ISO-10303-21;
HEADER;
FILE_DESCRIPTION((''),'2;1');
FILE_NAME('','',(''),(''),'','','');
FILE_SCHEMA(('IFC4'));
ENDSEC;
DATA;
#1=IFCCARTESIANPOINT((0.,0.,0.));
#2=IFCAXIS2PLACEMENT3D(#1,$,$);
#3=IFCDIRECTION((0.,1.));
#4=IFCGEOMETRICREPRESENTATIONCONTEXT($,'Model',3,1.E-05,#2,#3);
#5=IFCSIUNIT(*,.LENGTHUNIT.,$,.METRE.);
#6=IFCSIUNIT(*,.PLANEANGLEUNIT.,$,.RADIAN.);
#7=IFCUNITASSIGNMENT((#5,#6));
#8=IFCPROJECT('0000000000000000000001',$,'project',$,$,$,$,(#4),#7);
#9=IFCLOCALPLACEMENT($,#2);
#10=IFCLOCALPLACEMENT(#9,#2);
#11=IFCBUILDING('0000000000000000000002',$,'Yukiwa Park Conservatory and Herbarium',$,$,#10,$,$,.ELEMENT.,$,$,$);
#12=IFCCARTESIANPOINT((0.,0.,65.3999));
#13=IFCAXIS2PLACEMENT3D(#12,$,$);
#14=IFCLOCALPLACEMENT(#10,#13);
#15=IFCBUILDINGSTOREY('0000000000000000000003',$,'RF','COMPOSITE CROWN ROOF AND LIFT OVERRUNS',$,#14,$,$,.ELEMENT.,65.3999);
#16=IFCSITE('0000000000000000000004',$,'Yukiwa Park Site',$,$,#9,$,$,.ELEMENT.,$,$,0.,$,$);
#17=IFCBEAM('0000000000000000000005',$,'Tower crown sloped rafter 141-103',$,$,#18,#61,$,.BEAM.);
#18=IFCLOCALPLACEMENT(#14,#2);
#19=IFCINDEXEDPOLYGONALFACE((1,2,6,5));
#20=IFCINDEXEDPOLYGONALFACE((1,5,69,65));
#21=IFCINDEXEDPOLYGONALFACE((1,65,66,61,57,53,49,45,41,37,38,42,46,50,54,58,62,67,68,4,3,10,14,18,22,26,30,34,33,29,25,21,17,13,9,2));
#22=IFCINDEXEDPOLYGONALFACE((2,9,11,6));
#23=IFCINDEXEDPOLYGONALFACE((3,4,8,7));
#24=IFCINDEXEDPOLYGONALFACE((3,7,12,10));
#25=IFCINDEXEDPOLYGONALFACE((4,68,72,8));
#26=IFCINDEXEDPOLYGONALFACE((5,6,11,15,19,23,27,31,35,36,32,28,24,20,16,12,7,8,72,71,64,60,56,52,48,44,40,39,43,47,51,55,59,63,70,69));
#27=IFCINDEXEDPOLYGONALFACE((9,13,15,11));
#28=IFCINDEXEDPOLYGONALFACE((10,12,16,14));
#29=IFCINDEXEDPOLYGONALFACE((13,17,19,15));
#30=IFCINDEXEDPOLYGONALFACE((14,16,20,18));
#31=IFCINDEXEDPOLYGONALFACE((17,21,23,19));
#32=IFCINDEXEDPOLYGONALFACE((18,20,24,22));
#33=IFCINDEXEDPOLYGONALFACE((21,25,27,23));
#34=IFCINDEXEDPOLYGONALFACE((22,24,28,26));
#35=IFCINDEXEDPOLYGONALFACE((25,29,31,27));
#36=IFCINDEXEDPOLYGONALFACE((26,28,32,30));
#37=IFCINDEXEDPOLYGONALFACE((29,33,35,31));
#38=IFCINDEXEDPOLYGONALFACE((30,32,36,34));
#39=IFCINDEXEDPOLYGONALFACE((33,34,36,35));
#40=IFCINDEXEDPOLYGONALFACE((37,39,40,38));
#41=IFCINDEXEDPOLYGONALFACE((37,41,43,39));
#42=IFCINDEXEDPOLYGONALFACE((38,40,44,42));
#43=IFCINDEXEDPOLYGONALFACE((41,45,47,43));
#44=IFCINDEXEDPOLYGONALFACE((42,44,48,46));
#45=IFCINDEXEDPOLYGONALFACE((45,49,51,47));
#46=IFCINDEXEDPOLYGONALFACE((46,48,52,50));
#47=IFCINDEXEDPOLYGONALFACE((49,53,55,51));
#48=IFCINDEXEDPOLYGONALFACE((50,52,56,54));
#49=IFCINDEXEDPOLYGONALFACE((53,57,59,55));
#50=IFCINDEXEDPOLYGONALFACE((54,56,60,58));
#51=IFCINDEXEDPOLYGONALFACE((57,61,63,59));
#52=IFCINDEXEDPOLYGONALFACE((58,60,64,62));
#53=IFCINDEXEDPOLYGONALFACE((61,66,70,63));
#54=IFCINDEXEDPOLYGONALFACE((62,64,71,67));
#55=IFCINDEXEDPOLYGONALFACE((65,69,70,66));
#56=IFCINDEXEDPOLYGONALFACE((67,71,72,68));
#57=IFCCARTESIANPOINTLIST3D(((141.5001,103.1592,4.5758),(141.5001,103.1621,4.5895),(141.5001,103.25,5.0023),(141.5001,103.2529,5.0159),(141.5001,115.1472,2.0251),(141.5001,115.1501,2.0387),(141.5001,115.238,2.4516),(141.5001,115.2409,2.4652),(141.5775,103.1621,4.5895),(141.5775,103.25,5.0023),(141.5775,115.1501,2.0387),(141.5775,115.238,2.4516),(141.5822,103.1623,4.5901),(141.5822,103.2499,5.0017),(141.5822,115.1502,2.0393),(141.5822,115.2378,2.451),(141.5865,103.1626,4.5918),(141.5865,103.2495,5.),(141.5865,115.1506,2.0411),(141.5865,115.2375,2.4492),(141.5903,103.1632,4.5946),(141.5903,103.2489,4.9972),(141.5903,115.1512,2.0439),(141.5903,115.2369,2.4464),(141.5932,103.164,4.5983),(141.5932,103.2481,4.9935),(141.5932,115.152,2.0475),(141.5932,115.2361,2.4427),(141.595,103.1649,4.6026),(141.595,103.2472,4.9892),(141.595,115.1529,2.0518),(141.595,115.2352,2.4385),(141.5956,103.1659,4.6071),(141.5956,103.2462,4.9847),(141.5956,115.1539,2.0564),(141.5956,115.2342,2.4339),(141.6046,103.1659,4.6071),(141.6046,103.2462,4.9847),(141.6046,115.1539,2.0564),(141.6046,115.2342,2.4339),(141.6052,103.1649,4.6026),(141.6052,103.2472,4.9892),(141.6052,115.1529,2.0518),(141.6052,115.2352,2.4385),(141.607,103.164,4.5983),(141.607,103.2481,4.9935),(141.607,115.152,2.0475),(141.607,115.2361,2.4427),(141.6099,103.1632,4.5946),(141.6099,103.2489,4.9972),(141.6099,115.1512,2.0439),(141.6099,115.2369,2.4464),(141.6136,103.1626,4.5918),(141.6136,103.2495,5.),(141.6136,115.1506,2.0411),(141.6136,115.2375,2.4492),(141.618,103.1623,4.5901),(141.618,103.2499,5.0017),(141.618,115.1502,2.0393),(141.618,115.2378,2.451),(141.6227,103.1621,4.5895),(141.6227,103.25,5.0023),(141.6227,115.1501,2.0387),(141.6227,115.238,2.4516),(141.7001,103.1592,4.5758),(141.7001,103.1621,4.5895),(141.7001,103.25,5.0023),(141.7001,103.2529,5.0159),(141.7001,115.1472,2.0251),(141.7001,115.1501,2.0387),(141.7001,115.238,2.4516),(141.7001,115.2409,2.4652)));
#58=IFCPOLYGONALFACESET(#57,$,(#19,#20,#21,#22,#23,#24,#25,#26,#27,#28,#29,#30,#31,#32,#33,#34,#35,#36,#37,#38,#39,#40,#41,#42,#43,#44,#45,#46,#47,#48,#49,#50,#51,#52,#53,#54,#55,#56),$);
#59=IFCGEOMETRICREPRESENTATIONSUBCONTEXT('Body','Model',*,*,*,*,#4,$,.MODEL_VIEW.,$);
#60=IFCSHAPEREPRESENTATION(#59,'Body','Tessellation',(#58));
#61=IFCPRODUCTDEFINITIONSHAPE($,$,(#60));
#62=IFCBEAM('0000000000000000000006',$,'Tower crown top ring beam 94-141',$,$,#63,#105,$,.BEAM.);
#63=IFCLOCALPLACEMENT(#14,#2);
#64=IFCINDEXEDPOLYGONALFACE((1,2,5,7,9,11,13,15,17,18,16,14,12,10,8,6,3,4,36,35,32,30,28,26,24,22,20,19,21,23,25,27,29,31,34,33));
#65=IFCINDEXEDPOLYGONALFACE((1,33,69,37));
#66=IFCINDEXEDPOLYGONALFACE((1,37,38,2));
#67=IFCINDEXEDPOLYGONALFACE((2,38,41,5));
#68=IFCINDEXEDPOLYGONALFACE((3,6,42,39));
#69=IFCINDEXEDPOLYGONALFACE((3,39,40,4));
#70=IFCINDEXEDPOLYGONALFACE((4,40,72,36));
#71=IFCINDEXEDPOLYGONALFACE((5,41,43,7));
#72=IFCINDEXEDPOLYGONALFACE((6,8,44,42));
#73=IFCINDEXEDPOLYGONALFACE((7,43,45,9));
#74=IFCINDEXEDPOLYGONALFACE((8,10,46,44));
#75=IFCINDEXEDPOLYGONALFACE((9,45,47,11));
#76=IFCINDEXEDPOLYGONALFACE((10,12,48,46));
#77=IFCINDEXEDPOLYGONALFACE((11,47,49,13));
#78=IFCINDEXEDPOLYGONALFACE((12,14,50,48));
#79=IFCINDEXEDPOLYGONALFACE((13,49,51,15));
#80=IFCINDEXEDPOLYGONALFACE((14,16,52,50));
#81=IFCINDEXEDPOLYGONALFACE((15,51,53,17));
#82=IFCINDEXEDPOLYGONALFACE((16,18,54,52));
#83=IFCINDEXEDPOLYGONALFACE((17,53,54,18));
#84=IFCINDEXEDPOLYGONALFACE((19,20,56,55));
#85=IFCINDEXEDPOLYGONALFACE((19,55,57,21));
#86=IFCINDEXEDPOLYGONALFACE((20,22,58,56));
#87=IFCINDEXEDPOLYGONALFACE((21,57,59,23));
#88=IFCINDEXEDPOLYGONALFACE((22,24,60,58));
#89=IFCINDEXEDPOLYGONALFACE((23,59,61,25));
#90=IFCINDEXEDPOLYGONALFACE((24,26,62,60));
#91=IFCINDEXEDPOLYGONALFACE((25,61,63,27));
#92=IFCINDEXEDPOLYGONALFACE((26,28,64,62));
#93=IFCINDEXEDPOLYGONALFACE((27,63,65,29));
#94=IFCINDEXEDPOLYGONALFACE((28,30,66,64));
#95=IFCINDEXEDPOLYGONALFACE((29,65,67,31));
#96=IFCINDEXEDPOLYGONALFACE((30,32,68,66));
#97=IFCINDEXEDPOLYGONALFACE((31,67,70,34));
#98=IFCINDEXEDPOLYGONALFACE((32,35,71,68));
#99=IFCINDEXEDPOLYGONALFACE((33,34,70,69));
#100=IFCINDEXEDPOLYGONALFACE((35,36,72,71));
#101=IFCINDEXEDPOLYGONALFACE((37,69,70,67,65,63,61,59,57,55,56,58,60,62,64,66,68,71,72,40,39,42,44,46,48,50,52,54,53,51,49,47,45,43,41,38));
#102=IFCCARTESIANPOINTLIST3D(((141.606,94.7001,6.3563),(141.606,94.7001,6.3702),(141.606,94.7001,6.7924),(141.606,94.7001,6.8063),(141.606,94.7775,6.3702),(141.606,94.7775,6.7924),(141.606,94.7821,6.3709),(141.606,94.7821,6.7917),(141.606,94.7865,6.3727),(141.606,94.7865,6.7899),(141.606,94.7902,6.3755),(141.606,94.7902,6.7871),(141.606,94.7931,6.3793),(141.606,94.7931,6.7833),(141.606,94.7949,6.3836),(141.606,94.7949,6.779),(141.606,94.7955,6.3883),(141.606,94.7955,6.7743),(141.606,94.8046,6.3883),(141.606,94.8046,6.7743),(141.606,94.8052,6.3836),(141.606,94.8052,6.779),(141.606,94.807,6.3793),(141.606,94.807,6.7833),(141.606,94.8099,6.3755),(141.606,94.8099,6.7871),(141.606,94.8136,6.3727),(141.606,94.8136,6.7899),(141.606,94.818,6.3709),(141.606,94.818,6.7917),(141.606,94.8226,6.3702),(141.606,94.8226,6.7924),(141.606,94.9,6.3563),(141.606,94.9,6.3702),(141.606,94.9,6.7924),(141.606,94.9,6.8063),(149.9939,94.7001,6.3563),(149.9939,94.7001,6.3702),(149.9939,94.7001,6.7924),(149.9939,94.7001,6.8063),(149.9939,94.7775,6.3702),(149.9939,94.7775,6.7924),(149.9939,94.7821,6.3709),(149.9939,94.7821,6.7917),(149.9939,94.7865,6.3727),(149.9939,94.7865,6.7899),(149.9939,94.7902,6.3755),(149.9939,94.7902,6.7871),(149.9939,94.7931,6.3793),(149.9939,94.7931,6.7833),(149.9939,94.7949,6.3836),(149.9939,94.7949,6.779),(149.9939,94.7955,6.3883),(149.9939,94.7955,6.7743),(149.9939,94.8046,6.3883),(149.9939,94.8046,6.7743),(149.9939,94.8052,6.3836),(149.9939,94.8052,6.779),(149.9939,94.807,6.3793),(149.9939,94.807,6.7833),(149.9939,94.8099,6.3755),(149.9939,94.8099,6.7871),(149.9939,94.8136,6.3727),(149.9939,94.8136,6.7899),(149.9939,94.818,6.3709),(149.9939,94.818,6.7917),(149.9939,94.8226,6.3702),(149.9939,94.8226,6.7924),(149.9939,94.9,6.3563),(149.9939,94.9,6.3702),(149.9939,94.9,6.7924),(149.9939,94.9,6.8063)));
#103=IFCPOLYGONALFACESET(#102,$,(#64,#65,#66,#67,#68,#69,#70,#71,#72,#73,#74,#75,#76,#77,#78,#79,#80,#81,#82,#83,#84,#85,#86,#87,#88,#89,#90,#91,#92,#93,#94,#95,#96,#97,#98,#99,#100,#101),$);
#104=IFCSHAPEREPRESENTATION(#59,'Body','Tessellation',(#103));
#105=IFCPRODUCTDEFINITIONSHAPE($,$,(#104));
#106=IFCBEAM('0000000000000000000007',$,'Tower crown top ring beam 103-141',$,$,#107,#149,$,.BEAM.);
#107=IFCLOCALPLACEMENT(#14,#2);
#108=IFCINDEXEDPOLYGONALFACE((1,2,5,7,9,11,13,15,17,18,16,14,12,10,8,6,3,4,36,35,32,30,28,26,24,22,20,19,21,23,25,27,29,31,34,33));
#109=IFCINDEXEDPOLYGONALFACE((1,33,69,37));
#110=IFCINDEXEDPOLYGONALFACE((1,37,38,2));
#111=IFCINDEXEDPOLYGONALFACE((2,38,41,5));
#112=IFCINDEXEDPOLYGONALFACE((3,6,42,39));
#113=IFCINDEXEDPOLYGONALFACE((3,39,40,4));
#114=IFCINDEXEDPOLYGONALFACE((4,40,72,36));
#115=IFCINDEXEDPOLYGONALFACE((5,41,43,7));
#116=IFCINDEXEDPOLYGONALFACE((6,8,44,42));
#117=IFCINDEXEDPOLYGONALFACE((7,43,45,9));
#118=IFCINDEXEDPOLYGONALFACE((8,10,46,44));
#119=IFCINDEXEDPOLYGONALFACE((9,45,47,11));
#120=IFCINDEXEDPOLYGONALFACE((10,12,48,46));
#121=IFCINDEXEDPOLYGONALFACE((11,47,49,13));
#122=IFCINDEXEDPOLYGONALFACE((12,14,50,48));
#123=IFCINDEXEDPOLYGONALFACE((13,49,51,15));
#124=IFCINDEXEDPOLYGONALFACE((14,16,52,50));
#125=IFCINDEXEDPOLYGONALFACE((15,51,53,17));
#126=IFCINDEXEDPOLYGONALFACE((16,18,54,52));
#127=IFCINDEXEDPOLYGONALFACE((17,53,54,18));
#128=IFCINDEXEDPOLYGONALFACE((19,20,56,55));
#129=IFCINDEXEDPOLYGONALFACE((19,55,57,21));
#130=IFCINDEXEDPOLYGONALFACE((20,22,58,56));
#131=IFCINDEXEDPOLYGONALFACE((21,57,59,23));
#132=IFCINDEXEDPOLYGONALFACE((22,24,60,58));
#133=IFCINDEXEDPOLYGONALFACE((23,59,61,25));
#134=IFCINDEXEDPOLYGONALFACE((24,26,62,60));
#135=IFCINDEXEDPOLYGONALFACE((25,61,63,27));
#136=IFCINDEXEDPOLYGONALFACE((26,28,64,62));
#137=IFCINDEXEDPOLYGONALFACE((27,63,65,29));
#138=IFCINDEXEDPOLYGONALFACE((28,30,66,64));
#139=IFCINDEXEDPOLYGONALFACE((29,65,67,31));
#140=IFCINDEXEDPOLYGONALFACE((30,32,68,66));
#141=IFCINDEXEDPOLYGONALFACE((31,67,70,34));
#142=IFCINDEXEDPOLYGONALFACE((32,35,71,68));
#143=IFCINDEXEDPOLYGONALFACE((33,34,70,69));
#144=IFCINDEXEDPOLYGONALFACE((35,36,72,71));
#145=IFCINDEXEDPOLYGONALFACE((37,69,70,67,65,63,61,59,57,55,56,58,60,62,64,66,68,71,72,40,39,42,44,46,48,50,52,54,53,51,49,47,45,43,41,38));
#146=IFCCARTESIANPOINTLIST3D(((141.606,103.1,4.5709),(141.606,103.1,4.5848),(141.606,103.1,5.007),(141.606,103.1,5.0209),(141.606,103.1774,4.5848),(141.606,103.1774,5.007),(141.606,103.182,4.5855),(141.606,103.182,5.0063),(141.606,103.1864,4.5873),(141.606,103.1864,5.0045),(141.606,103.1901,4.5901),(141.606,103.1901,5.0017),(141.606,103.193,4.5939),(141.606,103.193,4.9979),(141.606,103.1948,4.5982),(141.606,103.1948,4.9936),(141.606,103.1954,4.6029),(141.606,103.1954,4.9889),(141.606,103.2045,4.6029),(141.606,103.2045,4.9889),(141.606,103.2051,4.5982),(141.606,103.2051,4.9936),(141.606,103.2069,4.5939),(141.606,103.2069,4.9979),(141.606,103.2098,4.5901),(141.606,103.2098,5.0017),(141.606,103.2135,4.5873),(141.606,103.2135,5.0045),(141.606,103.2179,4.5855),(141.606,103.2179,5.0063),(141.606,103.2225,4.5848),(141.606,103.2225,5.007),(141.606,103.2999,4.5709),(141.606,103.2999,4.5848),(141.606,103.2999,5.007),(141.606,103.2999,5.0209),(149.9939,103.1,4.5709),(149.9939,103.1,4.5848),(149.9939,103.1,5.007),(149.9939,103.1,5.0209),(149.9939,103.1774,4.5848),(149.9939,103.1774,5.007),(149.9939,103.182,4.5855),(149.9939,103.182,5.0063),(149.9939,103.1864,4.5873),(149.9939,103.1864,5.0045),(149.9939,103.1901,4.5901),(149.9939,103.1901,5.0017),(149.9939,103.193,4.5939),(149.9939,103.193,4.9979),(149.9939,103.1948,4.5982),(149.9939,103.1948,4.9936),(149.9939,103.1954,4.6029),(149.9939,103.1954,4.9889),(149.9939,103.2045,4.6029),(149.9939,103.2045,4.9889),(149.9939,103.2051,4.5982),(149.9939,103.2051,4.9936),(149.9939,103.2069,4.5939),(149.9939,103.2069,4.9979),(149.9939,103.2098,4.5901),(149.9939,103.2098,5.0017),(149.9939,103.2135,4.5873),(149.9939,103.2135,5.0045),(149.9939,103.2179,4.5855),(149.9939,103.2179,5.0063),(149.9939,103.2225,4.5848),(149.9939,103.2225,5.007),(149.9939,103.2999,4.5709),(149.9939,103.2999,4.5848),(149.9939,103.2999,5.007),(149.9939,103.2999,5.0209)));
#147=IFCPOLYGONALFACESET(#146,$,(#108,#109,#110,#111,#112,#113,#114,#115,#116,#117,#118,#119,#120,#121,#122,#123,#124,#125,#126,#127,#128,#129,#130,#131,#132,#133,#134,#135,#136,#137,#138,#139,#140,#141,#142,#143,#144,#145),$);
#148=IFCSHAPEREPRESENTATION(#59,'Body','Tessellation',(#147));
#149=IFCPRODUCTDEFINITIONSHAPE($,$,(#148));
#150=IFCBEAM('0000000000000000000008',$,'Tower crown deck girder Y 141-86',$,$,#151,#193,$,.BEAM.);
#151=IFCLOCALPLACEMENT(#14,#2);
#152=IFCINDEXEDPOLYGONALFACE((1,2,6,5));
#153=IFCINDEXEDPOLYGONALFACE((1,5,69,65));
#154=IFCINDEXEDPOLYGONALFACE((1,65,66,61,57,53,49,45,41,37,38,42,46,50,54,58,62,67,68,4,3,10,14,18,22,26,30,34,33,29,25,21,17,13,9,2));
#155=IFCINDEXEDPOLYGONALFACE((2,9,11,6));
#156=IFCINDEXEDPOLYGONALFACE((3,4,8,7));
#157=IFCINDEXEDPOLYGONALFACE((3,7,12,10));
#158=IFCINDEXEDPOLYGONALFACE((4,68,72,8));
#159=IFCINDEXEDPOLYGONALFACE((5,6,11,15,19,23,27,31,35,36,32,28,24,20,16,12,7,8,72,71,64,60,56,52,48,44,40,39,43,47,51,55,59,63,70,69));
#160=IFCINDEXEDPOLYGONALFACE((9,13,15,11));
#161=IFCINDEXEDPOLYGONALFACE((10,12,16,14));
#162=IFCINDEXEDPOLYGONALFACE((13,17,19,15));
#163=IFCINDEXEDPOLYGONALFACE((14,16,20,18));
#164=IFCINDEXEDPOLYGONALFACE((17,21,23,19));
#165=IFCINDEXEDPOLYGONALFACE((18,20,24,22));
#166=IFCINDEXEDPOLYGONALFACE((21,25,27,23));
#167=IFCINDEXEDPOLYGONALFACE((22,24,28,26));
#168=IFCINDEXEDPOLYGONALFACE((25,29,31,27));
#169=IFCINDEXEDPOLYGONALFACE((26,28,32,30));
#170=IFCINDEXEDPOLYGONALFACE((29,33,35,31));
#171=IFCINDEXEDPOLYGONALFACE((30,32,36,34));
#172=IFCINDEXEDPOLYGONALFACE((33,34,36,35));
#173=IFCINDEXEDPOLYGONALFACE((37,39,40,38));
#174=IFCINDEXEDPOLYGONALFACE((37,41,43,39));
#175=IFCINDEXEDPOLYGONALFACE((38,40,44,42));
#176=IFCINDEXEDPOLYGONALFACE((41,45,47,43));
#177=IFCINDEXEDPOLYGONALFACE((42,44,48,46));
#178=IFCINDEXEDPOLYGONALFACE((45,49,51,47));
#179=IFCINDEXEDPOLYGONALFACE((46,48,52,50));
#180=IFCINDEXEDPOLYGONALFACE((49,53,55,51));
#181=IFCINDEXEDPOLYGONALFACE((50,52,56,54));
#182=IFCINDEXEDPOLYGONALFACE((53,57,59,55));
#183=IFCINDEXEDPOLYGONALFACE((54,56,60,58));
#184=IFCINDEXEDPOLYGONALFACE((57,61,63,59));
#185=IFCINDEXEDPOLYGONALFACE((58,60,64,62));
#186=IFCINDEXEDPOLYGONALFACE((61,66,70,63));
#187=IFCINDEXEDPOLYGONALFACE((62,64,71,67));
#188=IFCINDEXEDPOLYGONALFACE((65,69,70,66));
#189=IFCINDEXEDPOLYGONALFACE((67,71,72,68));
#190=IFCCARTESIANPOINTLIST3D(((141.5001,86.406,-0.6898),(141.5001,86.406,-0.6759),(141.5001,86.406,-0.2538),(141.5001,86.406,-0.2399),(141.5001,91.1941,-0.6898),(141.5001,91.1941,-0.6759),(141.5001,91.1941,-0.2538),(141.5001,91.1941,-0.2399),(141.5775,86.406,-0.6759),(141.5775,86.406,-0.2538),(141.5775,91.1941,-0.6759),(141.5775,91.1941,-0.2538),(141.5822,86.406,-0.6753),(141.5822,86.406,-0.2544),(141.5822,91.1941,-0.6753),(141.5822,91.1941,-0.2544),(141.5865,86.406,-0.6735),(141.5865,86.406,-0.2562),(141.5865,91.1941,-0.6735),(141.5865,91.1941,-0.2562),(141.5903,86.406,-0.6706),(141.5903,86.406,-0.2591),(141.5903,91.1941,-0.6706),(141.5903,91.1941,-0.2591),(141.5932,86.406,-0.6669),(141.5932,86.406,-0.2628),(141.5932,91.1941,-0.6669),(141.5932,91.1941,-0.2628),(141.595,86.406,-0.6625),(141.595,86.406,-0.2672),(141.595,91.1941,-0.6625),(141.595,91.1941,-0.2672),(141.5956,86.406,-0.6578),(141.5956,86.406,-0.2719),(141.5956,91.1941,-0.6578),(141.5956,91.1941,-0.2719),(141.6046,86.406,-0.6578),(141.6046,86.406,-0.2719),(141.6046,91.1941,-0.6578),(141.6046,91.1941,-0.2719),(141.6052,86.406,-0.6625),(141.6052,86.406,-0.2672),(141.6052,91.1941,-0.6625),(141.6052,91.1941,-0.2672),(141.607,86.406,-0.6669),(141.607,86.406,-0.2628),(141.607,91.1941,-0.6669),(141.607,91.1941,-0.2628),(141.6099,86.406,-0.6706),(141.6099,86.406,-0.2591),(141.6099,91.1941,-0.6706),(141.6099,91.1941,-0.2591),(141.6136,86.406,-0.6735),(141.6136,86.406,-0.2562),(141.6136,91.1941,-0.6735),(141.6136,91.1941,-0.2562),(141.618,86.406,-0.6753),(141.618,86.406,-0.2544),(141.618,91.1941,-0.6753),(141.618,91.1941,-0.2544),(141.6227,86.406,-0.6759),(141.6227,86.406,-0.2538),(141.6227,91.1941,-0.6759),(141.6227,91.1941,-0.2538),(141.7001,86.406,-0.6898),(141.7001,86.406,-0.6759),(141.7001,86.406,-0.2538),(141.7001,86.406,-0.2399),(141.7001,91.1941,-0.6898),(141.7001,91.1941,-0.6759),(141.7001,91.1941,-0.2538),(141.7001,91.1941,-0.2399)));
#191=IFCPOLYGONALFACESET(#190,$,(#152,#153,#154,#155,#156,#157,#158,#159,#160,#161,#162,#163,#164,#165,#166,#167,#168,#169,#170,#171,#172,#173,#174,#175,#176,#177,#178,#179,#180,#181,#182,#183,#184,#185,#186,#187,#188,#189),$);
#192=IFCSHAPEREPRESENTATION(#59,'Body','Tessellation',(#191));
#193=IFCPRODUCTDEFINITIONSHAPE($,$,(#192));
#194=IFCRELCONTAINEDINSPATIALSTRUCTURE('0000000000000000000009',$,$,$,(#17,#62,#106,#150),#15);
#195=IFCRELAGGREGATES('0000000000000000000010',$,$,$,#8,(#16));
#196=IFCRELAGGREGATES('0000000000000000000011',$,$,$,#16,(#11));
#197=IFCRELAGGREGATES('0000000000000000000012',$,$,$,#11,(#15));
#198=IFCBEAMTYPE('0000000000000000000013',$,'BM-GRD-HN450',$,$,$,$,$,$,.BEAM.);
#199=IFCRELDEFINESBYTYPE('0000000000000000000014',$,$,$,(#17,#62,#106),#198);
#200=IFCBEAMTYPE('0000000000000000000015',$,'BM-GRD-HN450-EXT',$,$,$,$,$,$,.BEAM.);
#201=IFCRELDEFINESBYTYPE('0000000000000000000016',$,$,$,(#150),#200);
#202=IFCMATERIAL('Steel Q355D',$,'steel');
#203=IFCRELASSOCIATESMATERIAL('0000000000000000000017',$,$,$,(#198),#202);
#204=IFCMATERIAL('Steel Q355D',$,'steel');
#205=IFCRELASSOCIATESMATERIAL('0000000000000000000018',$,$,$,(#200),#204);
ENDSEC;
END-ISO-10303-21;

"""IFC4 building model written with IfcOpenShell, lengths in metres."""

from ifc_helpers import new_model, si_unit, direction, frame, origin, origin_2d, place, context, subcontext, project, spatial, i_section, extrude, material, material_profile, profile_set, type_object, element, save


model = new_model("IFC4")

# Units and contexts
model_context = context("Model", 3, precision=1e-05, world=origin(), true_north=direction((0.0, 1.0)))
body_context = subcontext(model_context, "Body", "Model", "MODEL_VIEW")
ifc_project = project(units=[si_unit("LENGTHUNIT", "METRE"), si_unit("PLANEANGLEUNIT", "RADIAN")], contexts=[model_context])

# Site, building, storey
site_placement = place(None, origin())
site = spatial("IfcSite", under=ifc_project, at=site_placement, Name="Yukiwa Park Site", CompositionType="ELEMENT", RefElevation=0.0)
building_placement = place(site_placement, origin())
building = spatial("IfcBuilding", under=site, at=building_placement, Name="Yukiwa Park Conservatory and Herbarium", CompositionType="ELEMENT")
storey_placement = place(building_placement, frame((0.0, 0.0, 65.3999)))
storey = spatial("IfcBuildingStorey", under=building, at=storey_placement, Name="RF", Description="COMPOSITE CROWN ROOF AND LIFT OVERRUNS", CompositionType="ELEMENT", Elevation=65.3999)

# Beams
ifc_material_1 = material(Name="Steel Q355D", Category="steel")
ifc_material_profile_1 = material_profile(ifc_material_1, i_section(OverallWidth=0.2, OverallDepth=0.45, WebThickness=0.009, FlangeThickness=0.0139, FilletRadius=0.0181, at=origin_2d()), Name="HN 450x200x9x14")
ifc_profile_set_1 = profile_set([ifc_material_profile_1], Name="Steel Q355D")
beam_type_1 = type_object("IfcBeamType", Name="BM-GRD-HN450", PredefinedType="BEAM", material=ifc_profile_set_1)
beam_1_placement = place(storey_placement, frame((141.6001, 103.2061, 4.7959), z_axis=(0.0, 0.978104, -0.208118), x_axis=(-1.0, 0.0, 0.0)))
element("IfcBeam", 1, at=beam_1_placement, inside=storey, type_object=beam_type_1, Name="Tower crown sloped rafter 141-103", PredefinedType="BEAM", context=body_context, shape_type="SweptSolid", body=[
    extrude(i_section(OverallWidth=0.2, OverallDepth=0.45, WebThickness=0.009, FlangeThickness=0.0139, FilletRadius=0.0181, at=origin_2d()), origin(), (0.0, 0.0, 1.0), 12.2563),
])
for number, where, z_axis, x_axis, name in (
    (2, (141.606, 94.8, 6.5813), (1.0, 0.0, 0.0), (0.0, 1.0, 0.0), "Tower crown top ring beam 94-141"),
    (3, (141.606, 103.2, 4.7959), (1.0, 0.0, 0.0), (0.0, 1.0, 0.0), "Tower crown top ring beam 103-141"),
):
    element("IfcBeam", number, at=place(storey_placement, frame(where, z_axis=z_axis, x_axis=x_axis)), inside=storey, type_object=beam_type_1, Name=name, PredefinedType="BEAM", context=body_context, shape_type="SweptSolid", body=[
        extrude(i_section(OverallWidth=0.2, OverallDepth=0.45, WebThickness=0.009, FlangeThickness=0.0139, FilletRadius=0.0181, at=origin_2d()), origin(), (0.0, 0.0, 1.0), 8.3879),
    ])
ifc_material_2 = material(Name="Steel Q355D", Category="steel")
ifc_material_profile_2 = material_profile(ifc_material_2, i_section(OverallWidth=0.2, OverallDepth=0.45, WebThickness=0.009, FlangeThickness=0.0139, FilletRadius=0.0181, at=origin_2d()), Name="HN 450x200x9x14")
ifc_profile_set_2 = profile_set([ifc_material_profile_2], Name="Steel Q355D")
beam_type_2 = type_object("IfcBeamType", Name="BM-GRD-HN450-EXT", PredefinedType="BEAM", material=ifc_profile_set_2)
beam_2_placement = place(storey_placement, frame((141.6001, 86.406, -0.4648), z_axis=(0.0, 1.0, 0.0), x_axis=(-1.0, 0.0, 0.0)))
element("IfcBeam", 4, at=beam_2_placement, inside=storey, type_object=beam_type_2, Name="Tower crown deck girder Y 141-86", PredefinedType="BEAM", context=body_context, shape_type="SweptSolid", body=[
    extrude(i_section(OverallWidth=0.2, OverallDepth=0.45, WebThickness=0.009, FlangeThickness=0.0139, FilletRadius=0.0181, at=origin_2d()), origin(), (0.0, 0.0, 1.0), 4.7881),
])

save(model, "model.ifc")
